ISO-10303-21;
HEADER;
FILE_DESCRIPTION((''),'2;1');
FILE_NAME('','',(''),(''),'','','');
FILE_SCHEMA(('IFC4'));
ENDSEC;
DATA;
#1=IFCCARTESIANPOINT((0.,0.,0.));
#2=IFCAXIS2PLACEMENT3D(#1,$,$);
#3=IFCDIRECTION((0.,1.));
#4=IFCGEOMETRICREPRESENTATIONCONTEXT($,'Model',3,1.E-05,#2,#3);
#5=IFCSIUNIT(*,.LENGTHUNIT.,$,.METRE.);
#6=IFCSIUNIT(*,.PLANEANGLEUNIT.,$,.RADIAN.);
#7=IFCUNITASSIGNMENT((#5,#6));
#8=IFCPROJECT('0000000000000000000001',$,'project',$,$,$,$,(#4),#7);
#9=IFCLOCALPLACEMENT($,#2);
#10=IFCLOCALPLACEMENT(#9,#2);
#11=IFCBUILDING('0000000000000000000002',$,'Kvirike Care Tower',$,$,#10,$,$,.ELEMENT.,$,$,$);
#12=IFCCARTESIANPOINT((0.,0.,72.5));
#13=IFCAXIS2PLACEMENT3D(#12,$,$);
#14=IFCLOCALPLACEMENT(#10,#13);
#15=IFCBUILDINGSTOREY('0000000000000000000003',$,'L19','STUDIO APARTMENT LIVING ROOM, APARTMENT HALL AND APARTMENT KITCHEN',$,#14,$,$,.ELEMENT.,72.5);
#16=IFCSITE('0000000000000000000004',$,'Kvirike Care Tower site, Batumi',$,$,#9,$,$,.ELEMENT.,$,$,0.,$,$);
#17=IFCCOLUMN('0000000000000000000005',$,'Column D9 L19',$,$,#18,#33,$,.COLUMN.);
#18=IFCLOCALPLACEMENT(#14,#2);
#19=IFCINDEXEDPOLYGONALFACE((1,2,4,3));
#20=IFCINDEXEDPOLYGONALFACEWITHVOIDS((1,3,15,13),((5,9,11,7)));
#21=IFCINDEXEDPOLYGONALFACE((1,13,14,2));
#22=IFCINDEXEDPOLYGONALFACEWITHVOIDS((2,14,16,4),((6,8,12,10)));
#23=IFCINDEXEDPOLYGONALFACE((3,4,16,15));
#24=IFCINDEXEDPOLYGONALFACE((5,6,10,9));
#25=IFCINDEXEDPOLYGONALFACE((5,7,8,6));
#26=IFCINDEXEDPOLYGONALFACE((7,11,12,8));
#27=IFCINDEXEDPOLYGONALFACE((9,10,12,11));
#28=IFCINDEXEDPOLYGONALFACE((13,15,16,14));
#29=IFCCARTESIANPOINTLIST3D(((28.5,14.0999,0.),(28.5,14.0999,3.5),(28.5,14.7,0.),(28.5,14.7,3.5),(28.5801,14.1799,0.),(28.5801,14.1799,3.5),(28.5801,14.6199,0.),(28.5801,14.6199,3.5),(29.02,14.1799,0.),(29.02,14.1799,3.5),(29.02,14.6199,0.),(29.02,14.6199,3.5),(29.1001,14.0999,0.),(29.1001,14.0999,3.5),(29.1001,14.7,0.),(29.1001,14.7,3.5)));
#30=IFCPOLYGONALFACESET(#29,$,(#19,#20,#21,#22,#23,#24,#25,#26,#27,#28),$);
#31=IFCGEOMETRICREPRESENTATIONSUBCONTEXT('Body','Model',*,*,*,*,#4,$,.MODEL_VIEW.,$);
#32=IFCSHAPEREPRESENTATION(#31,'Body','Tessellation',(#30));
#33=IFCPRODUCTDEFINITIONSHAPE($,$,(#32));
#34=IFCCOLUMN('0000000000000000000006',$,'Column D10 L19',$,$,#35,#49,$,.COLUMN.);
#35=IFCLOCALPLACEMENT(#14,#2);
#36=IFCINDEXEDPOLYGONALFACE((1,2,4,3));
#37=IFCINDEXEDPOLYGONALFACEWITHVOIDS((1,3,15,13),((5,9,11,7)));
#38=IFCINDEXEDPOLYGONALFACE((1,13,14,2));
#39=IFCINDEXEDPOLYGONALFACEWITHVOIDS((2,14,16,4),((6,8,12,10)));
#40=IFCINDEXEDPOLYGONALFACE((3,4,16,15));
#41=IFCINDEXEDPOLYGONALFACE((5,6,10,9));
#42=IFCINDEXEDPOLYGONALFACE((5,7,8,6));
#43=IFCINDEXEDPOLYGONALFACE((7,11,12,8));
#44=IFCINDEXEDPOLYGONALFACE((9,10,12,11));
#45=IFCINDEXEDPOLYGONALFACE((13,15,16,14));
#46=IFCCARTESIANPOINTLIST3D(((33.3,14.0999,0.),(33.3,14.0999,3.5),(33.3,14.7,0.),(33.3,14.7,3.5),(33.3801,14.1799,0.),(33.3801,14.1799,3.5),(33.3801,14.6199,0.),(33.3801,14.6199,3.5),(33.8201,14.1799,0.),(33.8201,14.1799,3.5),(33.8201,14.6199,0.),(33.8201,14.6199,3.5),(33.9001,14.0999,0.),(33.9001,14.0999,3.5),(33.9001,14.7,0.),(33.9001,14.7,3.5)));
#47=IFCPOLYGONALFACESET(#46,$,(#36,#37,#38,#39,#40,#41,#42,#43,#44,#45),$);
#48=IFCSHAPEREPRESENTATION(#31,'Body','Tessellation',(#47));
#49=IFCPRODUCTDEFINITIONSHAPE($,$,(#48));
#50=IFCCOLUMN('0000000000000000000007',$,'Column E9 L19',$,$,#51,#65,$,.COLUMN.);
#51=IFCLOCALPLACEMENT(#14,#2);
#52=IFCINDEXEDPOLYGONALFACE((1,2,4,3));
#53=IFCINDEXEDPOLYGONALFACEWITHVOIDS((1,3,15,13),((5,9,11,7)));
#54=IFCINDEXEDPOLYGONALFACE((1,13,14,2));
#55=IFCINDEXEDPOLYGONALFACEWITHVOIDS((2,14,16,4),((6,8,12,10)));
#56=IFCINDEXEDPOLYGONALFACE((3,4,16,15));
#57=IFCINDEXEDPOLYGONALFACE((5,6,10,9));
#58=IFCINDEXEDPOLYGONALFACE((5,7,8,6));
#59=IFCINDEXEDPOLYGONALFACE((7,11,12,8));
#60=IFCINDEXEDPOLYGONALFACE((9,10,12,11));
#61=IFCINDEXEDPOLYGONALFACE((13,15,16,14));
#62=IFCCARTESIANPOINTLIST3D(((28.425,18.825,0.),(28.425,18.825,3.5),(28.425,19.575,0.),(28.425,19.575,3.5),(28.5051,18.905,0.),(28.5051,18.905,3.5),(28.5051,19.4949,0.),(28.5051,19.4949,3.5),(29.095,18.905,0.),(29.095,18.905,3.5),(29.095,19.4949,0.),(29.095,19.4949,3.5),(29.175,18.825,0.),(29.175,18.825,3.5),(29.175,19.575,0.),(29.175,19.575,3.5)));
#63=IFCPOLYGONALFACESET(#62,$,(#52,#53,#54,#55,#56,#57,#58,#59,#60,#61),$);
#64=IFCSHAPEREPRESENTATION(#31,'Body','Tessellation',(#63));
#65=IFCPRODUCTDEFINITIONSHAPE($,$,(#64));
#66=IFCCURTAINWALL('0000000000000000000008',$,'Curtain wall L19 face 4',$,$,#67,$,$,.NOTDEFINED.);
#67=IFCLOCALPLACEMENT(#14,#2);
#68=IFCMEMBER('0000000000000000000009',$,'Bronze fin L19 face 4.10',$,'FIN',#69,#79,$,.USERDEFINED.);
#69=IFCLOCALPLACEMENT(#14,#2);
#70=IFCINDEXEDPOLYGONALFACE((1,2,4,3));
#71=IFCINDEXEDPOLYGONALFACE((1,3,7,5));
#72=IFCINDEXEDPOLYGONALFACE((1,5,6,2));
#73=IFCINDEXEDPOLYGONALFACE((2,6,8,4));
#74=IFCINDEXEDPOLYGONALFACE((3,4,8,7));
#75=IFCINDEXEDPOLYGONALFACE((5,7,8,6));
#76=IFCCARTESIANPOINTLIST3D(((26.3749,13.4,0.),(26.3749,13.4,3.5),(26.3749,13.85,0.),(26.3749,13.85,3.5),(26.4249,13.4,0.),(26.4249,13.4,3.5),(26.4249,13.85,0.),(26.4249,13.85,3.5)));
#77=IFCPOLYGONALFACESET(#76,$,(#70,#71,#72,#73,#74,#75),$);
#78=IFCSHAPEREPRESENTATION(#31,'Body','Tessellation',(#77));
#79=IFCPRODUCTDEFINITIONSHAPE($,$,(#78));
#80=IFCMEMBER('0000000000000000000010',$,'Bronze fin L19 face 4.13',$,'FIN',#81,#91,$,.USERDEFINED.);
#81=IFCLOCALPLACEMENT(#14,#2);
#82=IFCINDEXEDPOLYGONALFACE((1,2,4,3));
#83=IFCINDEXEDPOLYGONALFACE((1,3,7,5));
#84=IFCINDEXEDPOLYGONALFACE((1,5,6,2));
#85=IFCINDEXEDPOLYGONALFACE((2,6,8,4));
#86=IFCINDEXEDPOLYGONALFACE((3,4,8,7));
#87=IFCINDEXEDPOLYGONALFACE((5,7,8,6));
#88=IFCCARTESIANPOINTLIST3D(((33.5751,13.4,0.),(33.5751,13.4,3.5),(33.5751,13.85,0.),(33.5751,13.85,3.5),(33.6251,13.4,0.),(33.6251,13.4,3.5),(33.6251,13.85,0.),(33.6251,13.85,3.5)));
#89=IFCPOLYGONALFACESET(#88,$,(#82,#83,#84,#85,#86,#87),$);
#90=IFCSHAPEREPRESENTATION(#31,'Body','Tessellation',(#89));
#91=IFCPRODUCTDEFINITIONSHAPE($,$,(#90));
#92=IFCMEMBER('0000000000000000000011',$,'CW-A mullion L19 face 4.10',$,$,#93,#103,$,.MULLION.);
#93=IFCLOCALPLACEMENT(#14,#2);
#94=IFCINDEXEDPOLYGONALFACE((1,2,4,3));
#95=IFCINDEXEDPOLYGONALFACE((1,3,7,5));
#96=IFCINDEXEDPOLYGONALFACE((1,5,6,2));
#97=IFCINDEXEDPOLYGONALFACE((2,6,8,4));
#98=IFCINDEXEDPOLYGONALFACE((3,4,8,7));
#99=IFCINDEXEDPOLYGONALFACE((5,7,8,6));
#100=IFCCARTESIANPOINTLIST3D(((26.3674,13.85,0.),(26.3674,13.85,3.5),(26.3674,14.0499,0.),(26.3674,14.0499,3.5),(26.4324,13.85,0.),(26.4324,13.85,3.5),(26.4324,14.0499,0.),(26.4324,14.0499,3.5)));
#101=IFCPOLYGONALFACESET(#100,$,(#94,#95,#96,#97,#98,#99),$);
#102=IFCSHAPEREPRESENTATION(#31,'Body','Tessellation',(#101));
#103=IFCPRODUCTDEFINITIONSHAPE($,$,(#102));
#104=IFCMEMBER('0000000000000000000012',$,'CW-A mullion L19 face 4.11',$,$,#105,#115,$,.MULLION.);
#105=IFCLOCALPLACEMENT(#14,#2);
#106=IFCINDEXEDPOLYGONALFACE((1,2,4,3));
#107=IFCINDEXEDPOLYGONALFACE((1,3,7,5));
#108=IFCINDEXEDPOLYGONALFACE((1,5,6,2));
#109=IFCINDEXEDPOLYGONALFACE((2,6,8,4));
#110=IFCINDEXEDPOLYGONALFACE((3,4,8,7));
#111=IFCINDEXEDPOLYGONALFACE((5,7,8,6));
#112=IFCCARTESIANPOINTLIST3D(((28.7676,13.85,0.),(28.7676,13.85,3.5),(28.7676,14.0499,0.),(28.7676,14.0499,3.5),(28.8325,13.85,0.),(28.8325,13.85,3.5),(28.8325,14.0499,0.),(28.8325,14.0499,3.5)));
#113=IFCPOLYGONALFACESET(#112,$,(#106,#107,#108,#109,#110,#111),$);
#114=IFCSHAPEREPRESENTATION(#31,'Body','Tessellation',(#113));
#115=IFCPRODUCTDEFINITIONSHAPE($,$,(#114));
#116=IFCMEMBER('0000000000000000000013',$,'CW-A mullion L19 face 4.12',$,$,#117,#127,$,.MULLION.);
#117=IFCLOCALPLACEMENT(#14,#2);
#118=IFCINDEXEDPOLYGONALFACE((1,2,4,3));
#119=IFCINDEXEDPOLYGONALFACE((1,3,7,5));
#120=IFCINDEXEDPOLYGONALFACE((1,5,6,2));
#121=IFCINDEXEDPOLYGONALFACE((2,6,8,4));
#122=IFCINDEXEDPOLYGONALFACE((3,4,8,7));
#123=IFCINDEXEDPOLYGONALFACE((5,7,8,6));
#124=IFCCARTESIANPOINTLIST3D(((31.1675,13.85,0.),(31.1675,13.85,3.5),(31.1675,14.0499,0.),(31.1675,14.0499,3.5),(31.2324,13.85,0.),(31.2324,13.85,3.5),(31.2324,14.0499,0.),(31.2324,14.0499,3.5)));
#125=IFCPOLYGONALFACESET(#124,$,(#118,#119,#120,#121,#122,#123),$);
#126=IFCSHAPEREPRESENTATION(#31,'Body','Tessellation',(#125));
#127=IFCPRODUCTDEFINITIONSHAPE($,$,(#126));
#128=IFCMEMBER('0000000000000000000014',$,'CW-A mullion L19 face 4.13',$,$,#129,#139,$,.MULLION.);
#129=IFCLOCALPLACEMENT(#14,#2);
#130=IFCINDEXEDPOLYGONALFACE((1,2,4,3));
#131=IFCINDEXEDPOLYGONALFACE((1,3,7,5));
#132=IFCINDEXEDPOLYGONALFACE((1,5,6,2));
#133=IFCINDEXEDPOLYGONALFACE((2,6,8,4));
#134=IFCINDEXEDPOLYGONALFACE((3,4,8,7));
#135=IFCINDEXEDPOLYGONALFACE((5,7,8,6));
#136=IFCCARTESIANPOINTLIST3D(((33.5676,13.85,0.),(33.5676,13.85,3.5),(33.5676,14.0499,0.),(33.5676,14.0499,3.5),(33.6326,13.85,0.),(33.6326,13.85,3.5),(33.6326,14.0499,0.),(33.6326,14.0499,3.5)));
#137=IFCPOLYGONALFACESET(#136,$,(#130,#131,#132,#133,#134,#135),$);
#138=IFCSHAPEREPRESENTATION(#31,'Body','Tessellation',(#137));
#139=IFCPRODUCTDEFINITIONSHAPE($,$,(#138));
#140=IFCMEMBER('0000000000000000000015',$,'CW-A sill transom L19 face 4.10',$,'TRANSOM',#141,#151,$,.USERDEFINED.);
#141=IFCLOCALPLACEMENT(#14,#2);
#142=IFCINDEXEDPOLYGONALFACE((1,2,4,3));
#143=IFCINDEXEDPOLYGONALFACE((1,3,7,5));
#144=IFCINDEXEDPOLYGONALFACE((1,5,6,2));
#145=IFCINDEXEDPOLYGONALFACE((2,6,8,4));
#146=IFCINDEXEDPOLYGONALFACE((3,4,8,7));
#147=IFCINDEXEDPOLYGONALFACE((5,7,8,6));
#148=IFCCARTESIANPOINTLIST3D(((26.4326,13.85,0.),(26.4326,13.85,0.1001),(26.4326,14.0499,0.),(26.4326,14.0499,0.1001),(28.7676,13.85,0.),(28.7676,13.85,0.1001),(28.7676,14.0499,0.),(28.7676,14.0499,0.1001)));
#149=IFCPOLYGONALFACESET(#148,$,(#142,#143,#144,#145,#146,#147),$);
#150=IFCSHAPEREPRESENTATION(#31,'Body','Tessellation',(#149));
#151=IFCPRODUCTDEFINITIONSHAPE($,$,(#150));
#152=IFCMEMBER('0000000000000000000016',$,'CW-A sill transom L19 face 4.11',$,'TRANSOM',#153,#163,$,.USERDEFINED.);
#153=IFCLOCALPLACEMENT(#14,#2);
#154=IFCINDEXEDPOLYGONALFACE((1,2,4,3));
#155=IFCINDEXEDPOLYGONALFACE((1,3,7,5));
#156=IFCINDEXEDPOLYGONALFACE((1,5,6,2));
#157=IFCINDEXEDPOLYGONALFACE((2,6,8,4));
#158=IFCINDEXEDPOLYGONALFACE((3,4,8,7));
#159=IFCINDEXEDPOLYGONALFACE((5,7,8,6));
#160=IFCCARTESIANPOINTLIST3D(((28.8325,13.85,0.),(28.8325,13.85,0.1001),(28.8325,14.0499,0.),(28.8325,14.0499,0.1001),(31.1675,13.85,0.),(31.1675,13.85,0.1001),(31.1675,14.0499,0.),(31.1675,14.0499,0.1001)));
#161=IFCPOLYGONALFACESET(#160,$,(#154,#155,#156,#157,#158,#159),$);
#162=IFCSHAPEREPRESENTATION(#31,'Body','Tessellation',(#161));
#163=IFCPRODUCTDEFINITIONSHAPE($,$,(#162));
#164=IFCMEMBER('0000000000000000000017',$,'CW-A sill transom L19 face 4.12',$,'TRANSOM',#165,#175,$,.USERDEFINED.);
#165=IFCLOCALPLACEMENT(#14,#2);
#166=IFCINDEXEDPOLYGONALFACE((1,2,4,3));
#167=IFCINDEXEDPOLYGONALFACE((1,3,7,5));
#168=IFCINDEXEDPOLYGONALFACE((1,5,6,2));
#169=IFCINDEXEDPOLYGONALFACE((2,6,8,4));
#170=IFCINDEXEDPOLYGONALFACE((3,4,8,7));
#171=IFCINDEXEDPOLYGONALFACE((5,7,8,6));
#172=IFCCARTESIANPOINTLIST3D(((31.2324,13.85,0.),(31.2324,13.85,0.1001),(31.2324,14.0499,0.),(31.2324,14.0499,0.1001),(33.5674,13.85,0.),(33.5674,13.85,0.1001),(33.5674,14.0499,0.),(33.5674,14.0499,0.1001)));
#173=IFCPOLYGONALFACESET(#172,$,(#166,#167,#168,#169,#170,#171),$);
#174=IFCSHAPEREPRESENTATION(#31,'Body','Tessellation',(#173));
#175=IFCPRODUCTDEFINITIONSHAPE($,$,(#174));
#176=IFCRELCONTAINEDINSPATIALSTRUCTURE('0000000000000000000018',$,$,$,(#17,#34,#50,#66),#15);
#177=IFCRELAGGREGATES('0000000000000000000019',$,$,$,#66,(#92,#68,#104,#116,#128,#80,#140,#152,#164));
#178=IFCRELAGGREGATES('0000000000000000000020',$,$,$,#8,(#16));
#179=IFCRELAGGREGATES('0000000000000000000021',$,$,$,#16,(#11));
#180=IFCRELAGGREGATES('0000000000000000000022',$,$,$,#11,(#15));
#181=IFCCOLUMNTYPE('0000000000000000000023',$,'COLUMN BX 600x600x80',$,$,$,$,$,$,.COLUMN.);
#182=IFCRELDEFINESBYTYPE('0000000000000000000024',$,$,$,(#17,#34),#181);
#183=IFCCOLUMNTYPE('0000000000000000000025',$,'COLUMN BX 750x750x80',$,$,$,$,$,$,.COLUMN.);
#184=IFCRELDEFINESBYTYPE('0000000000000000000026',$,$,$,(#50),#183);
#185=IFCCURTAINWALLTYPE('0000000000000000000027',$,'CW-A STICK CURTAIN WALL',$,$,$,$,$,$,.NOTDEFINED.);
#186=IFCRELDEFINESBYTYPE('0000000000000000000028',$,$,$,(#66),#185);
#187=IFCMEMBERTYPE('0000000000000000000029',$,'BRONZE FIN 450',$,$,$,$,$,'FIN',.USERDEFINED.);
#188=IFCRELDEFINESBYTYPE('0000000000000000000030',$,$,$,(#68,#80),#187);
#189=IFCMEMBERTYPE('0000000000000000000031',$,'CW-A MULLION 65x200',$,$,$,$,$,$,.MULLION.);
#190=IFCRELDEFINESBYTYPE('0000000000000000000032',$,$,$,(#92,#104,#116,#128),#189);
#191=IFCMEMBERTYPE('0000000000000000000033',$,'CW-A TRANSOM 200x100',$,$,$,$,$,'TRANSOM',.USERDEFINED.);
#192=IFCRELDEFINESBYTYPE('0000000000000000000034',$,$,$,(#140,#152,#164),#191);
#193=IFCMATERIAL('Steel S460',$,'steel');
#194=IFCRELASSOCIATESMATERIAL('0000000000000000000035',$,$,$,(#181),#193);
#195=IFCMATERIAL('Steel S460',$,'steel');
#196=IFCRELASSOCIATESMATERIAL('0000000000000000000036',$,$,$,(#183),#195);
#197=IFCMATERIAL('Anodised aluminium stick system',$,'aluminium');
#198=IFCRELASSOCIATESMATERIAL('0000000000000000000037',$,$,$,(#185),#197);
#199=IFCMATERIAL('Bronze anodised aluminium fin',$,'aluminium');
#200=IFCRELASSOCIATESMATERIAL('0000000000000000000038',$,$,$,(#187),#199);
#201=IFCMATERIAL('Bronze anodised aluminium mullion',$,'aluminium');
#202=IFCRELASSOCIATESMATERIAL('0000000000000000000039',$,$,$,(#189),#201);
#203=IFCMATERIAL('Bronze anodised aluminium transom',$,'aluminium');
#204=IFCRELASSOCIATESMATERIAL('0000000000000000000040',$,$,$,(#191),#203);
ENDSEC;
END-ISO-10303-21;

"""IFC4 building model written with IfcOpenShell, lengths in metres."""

from ifc_helpers import new_model, si_unit, direction, frame, origin, origin_2d, place, context, subcontext, project, spatial, rectangle, hollow_rectangle, extrude, material, material_profile, profile_set, type_object, element, aggregate, save


model = new_model("IFC4")

# Units and contexts
model_context = context("Model", 3, precision=1e-05, world=origin(), true_north=direction((0.0, 1.0)))
body_context = subcontext(model_context, "Body", "Model", "MODEL_VIEW")
ifc_project = project(units=[si_unit("LENGTHUNIT", "METRE"), si_unit("PLANEANGLEUNIT", "RADIAN")], contexts=[model_context])

# Site, building, storey
site_placement = place(None, origin())
site = spatial("IfcSite", under=ifc_project, at=site_placement, Name="Kvirike Care Tower site, Batumi", CompositionType="ELEMENT", RefElevation=0.0)
building_placement = place(site_placement, origin())
building = spatial("IfcBuilding", under=site, at=building_placement, Name="Kvirike Care Tower", CompositionType="ELEMENT")
storey_placement = place(building_placement, frame((0.0, 0.0, 72.5)))
storey = spatial("IfcBuildingStorey", under=building, at=storey_placement, Name="L19", Description="STUDIO APARTMENT LIVING ROOM, APARTMENT HALL AND APARTMENT KITCHEN", CompositionType="ELEMENT", Elevation=72.5)

# Columns
ifc_material_1 = material(Name="Steel S460", Category="steel")
ifc_material_profile_1 = material_profile(ifc_material_1, hollow_rectangle(XDim=0.6001, YDim=0.6001, WallThickness=0.0801, at=origin_2d()), Name="BX 600x600x80")
ifc_profile_set_1 = profile_set([ifc_material_profile_1], Name="Steel S460")
column_type_1 = type_object("IfcColumnType", Name="COLUMN BX 600x600x80", PredefinedType="COLUMN", material=ifc_profile_set_1)
for number, where, z_axis, x_axis, name in (
    (1, (28.8, 14.3999, 0.0), (0.0, 0.0, 1.0), (0.0, 1.0, 0.0), "Column D9 L19"),
    (2, (33.6001, 14.3999, 0.0), (0.0, 0.0, 1.0), (0.0, 1.0, 0.0), "Column D10 L19"),
):
    element("IfcColumn", number, at=place(storey_placement, frame(where, z_axis=z_axis, x_axis=x_axis)), inside=storey, type_object=column_type_1, Name=name, PredefinedType="COLUMN", context=body_context, shape_type="SweptSolid", body=[
        extrude(hollow_rectangle(XDim=0.6001, YDim=0.6001, WallThickness=0.0801, at=origin_2d()), origin(), (0.0, 0.0, 1.0), 3.5),
    ])
ifc_material_2 = material(Name="Steel S460", Category="steel")
ifc_material_profile_2 = material_profile(ifc_material_2, hollow_rectangle(XDim=0.75, YDim=0.75, WallThickness=0.0801, at=origin_2d()), Name="BX 750x750x80")
ifc_profile_set_2 = profile_set([ifc_material_profile_2], Name="Steel S460")
column_type_2 = type_object("IfcColumnType", Name="COLUMN BX 750x750x80", PredefinedType="COLUMN", material=ifc_profile_set_2)
column_placement = place(storey_placement, frame((28.8, 19.2, 0.0), z_axis=(0.0, 0.0, 1.0), x_axis=(1.0, 0.0, 0.0)))
element("IfcColumn", 3, at=column_placement, inside=storey, type_object=column_type_2, Name="Column E9 L19", PredefinedType="COLUMN", context=body_context, shape_type="SweptSolid", body=[
    extrude(hollow_rectangle(XDim=0.75, YDim=0.75, WallThickness=0.0801, at=origin_2d()), origin(), (0.0, 0.0, 1.0), 3.5),
])

# Curtain wall, members
ifc_material_3 = material(Name="Anodised aluminium stick system", Category="aluminium")
curtain_wall_type = type_object("IfcCurtainWallType", Name="CW-A STICK CURTAIN WALL", PredefinedType="NOTDEFINED", material=ifc_material_3)
curtain_wall_placement = place(storey_placement, origin())
curtain_wall = element("IfcCurtainWall", 4, at=curtain_wall_placement, inside=storey, type_object=curtain_wall_type, Name="Curtain wall L19 face 4", PredefinedType="NOTDEFINED")
ifc_material_4 = material(Name="Bronze anodised aluminium fin", Category="aluminium")
ifc_material_profile_3 = material_profile(ifc_material_4, rectangle(XDim=0.05, YDim=0.45, at=origin_2d()), Name="BRONZE FIN 450")
ifc_profile_set_3 = profile_set([ifc_material_profile_3], Name="Bronze anodised aluminium fin")
member_type_1 = type_object("IfcMemberType", Name="BRONZE FIN 450", ElementType="FIN", PredefinedType="USERDEFINED", material=ifc_profile_set_3)
member_1_placement = place(storey_placement, frame((26.3999, 13.625, 0.0), z_axis=(0.0, 0.0, 1.0), x_axis=(1.0, 0.0, 0.0)))
member_1 = element("IfcMember", 5, at=member_1_placement, type_object=member_type_1, Name="Bronze fin L19 face 4.10", ObjectType="FIN", PredefinedType="USERDEFINED", context=body_context, shape_type="SweptSolid", body=[
    extrude(rectangle(XDim=0.05, YDim=0.45, at=origin_2d()), origin(), (0.0, 0.0, 1.0), 3.5),
])
member_2_placement = place(storey_placement, frame((33.6001, 13.625, 0.0), z_axis=(0.0, 0.0, 1.0), x_axis=(1.0, 0.0, 0.0)))
member_2 = element("IfcMember", 6, at=member_2_placement, type_object=member_type_1, Name="Bronze fin L19 face 4.13", ObjectType="FIN", PredefinedType="USERDEFINED", context=body_context, shape_type="SweptSolid", body=[
    extrude(rectangle(XDim=0.05, YDim=0.45, at=origin_2d()), origin(), (0.0, 0.0, 1.0), 3.5),
])
ifc_material_5 = material(Name="Bronze anodised aluminium mullion", Category="aluminium")
ifc_material_profile_4 = material_profile(ifc_material_5, rectangle(XDim=0.0649, YDim=0.2, at=origin_2d()), Name="CW-A MULLION 65x200")
ifc_profile_set_4 = profile_set([ifc_material_profile_4], Name="Bronze anodised aluminium mullion")
member_type_2 = type_object("IfcMemberType", Name="CW-A MULLION 65x200", PredefinedType="MULLION", material=ifc_profile_set_4)
member_3_placement = place(storey_placement, frame((26.3999, 13.95, 0.0), z_axis=(0.0, 0.0, 1.0), x_axis=(1.0, 0.0, 0.0)))
member_3 = element("IfcMember", 7, at=member_3_placement, type_object=member_type_2, Name="CW-A mullion L19 face 4.10", PredefinedType="MULLION", context=body_context, shape_type="SweptSolid", body=[
    extrude(rectangle(XDim=0.0649, YDim=0.2, at=origin_2d()), origin(), (0.0, 0.0, 1.0), 3.5),
])
member_4_placement = place(storey_placement, frame((28.8, 13.95, 0.0), z_axis=(0.0, 0.0, 1.0), x_axis=(1.0, 0.0, 0.0)))
member_4 = element("IfcMember", 8, at=member_4_placement, type_object=member_type_2, Name="CW-A mullion L19 face 4.11", PredefinedType="MULLION", context=body_context, shape_type="SweptSolid", body=[
    extrude(rectangle(XDim=0.0649, YDim=0.2, at=origin_2d()), origin(), (0.0, 0.0, 1.0), 3.5),
])
member_5_placement = place(storey_placement, frame((31.2, 13.95, 0.0), z_axis=(0.0, 0.0, 1.0), x_axis=(1.0, 0.0, 0.0)))
member_5 = element("IfcMember", 9, at=member_5_placement, type_object=member_type_2, Name="CW-A mullion L19 face 4.12", PredefinedType="MULLION", context=body_context, shape_type="SweptSolid", body=[
    extrude(rectangle(XDim=0.0649, YDim=0.2, at=origin_2d()), origin(), (0.0, 0.0, 1.0), 3.5),
])
member_6_placement = place(storey_placement, frame((33.6001, 13.95, 0.0), z_axis=(0.0, 0.0, 1.0), x_axis=(1.0, 0.0, 0.0)))
member_6 = element("IfcMember", 10, at=member_6_placement, type_object=member_type_2, Name="CW-A mullion L19 face 4.13", PredefinedType="MULLION", context=body_context, shape_type="SweptSolid", body=[
    extrude(rectangle(XDim=0.0649, YDim=0.2, at=origin_2d()), origin(), (0.0, 0.0, 1.0), 3.5),
])
ifc_material_6 = material(Name="Bronze anodised aluminium transom", Category="aluminium")
ifc_material_profile_5 = material_profile(ifc_material_6, rectangle(XDim=0.2, YDim=0.1001, at=origin_2d()), Name="CW-A TRANSOM 200x100")
ifc_profile_set_5 = profile_set([ifc_material_profile_5], Name="Bronze anodised aluminium transom")
member_type_3 = type_object("IfcMemberType", Name="CW-A TRANSOM 200x100", ElementType="TRANSOM", PredefinedType="USERDEFINED", material=ifc_profile_set_5)
member_7_placement = place(storey_placement, frame((26.4326, 13.95, 0.05), z_axis=(1.0, 0.0, 0.0), x_axis=(0.0, 1.0, 0.0)))
member_7 = element("IfcMember", 11, at=member_7_placement, type_object=member_type_3, Name="CW-A sill transom L19 face 4.10", ObjectType="TRANSOM", PredefinedType="USERDEFINED", context=body_context, shape_type="SweptSolid", body=[
    extrude(rectangle(XDim=0.2, YDim=0.1001, at=origin_2d()), origin(), (0.0, 0.0, 1.0), 2.335),
])
member_8_placement = place(storey_placement, frame((28.8325, 13.95, 0.05), z_axis=(1.0, 0.0, 0.0), x_axis=(0.0, 1.0, 0.0)))
member_8 = element("IfcMember", 12, at=member_8_placement, type_object=member_type_3, Name="CW-A sill transom L19 face 4.11", ObjectType="TRANSOM", PredefinedType="USERDEFINED", context=body_context, shape_type="SweptSolid", body=[
    extrude(rectangle(XDim=0.2, YDim=0.1001, at=origin_2d()), origin(), (0.0, 0.0, 1.0), 2.335),
])
member_9_placement = place(storey_placement, frame((31.2324, 13.95, 0.05), z_axis=(1.0, 0.0, 0.0), x_axis=(0.0, 1.0, 0.0)))
member_9 = element("IfcMember", 13, at=member_9_placement, type_object=member_type_3, Name="CW-A sill transom L19 face 4.12", ObjectType="TRANSOM", PredefinedType="USERDEFINED", context=body_context, shape_type="SweptSolid", body=[
    extrude(rectangle(XDim=0.2, YDim=0.1001, at=origin_2d()), origin(), (0.0, 0.0, 1.0), 2.335),
])

aggregate(curtain_wall, [member_3, member_1, member_4, member_5, member_6, member_2, member_7, member_8, member_9])

save(model, "model.ifc")
